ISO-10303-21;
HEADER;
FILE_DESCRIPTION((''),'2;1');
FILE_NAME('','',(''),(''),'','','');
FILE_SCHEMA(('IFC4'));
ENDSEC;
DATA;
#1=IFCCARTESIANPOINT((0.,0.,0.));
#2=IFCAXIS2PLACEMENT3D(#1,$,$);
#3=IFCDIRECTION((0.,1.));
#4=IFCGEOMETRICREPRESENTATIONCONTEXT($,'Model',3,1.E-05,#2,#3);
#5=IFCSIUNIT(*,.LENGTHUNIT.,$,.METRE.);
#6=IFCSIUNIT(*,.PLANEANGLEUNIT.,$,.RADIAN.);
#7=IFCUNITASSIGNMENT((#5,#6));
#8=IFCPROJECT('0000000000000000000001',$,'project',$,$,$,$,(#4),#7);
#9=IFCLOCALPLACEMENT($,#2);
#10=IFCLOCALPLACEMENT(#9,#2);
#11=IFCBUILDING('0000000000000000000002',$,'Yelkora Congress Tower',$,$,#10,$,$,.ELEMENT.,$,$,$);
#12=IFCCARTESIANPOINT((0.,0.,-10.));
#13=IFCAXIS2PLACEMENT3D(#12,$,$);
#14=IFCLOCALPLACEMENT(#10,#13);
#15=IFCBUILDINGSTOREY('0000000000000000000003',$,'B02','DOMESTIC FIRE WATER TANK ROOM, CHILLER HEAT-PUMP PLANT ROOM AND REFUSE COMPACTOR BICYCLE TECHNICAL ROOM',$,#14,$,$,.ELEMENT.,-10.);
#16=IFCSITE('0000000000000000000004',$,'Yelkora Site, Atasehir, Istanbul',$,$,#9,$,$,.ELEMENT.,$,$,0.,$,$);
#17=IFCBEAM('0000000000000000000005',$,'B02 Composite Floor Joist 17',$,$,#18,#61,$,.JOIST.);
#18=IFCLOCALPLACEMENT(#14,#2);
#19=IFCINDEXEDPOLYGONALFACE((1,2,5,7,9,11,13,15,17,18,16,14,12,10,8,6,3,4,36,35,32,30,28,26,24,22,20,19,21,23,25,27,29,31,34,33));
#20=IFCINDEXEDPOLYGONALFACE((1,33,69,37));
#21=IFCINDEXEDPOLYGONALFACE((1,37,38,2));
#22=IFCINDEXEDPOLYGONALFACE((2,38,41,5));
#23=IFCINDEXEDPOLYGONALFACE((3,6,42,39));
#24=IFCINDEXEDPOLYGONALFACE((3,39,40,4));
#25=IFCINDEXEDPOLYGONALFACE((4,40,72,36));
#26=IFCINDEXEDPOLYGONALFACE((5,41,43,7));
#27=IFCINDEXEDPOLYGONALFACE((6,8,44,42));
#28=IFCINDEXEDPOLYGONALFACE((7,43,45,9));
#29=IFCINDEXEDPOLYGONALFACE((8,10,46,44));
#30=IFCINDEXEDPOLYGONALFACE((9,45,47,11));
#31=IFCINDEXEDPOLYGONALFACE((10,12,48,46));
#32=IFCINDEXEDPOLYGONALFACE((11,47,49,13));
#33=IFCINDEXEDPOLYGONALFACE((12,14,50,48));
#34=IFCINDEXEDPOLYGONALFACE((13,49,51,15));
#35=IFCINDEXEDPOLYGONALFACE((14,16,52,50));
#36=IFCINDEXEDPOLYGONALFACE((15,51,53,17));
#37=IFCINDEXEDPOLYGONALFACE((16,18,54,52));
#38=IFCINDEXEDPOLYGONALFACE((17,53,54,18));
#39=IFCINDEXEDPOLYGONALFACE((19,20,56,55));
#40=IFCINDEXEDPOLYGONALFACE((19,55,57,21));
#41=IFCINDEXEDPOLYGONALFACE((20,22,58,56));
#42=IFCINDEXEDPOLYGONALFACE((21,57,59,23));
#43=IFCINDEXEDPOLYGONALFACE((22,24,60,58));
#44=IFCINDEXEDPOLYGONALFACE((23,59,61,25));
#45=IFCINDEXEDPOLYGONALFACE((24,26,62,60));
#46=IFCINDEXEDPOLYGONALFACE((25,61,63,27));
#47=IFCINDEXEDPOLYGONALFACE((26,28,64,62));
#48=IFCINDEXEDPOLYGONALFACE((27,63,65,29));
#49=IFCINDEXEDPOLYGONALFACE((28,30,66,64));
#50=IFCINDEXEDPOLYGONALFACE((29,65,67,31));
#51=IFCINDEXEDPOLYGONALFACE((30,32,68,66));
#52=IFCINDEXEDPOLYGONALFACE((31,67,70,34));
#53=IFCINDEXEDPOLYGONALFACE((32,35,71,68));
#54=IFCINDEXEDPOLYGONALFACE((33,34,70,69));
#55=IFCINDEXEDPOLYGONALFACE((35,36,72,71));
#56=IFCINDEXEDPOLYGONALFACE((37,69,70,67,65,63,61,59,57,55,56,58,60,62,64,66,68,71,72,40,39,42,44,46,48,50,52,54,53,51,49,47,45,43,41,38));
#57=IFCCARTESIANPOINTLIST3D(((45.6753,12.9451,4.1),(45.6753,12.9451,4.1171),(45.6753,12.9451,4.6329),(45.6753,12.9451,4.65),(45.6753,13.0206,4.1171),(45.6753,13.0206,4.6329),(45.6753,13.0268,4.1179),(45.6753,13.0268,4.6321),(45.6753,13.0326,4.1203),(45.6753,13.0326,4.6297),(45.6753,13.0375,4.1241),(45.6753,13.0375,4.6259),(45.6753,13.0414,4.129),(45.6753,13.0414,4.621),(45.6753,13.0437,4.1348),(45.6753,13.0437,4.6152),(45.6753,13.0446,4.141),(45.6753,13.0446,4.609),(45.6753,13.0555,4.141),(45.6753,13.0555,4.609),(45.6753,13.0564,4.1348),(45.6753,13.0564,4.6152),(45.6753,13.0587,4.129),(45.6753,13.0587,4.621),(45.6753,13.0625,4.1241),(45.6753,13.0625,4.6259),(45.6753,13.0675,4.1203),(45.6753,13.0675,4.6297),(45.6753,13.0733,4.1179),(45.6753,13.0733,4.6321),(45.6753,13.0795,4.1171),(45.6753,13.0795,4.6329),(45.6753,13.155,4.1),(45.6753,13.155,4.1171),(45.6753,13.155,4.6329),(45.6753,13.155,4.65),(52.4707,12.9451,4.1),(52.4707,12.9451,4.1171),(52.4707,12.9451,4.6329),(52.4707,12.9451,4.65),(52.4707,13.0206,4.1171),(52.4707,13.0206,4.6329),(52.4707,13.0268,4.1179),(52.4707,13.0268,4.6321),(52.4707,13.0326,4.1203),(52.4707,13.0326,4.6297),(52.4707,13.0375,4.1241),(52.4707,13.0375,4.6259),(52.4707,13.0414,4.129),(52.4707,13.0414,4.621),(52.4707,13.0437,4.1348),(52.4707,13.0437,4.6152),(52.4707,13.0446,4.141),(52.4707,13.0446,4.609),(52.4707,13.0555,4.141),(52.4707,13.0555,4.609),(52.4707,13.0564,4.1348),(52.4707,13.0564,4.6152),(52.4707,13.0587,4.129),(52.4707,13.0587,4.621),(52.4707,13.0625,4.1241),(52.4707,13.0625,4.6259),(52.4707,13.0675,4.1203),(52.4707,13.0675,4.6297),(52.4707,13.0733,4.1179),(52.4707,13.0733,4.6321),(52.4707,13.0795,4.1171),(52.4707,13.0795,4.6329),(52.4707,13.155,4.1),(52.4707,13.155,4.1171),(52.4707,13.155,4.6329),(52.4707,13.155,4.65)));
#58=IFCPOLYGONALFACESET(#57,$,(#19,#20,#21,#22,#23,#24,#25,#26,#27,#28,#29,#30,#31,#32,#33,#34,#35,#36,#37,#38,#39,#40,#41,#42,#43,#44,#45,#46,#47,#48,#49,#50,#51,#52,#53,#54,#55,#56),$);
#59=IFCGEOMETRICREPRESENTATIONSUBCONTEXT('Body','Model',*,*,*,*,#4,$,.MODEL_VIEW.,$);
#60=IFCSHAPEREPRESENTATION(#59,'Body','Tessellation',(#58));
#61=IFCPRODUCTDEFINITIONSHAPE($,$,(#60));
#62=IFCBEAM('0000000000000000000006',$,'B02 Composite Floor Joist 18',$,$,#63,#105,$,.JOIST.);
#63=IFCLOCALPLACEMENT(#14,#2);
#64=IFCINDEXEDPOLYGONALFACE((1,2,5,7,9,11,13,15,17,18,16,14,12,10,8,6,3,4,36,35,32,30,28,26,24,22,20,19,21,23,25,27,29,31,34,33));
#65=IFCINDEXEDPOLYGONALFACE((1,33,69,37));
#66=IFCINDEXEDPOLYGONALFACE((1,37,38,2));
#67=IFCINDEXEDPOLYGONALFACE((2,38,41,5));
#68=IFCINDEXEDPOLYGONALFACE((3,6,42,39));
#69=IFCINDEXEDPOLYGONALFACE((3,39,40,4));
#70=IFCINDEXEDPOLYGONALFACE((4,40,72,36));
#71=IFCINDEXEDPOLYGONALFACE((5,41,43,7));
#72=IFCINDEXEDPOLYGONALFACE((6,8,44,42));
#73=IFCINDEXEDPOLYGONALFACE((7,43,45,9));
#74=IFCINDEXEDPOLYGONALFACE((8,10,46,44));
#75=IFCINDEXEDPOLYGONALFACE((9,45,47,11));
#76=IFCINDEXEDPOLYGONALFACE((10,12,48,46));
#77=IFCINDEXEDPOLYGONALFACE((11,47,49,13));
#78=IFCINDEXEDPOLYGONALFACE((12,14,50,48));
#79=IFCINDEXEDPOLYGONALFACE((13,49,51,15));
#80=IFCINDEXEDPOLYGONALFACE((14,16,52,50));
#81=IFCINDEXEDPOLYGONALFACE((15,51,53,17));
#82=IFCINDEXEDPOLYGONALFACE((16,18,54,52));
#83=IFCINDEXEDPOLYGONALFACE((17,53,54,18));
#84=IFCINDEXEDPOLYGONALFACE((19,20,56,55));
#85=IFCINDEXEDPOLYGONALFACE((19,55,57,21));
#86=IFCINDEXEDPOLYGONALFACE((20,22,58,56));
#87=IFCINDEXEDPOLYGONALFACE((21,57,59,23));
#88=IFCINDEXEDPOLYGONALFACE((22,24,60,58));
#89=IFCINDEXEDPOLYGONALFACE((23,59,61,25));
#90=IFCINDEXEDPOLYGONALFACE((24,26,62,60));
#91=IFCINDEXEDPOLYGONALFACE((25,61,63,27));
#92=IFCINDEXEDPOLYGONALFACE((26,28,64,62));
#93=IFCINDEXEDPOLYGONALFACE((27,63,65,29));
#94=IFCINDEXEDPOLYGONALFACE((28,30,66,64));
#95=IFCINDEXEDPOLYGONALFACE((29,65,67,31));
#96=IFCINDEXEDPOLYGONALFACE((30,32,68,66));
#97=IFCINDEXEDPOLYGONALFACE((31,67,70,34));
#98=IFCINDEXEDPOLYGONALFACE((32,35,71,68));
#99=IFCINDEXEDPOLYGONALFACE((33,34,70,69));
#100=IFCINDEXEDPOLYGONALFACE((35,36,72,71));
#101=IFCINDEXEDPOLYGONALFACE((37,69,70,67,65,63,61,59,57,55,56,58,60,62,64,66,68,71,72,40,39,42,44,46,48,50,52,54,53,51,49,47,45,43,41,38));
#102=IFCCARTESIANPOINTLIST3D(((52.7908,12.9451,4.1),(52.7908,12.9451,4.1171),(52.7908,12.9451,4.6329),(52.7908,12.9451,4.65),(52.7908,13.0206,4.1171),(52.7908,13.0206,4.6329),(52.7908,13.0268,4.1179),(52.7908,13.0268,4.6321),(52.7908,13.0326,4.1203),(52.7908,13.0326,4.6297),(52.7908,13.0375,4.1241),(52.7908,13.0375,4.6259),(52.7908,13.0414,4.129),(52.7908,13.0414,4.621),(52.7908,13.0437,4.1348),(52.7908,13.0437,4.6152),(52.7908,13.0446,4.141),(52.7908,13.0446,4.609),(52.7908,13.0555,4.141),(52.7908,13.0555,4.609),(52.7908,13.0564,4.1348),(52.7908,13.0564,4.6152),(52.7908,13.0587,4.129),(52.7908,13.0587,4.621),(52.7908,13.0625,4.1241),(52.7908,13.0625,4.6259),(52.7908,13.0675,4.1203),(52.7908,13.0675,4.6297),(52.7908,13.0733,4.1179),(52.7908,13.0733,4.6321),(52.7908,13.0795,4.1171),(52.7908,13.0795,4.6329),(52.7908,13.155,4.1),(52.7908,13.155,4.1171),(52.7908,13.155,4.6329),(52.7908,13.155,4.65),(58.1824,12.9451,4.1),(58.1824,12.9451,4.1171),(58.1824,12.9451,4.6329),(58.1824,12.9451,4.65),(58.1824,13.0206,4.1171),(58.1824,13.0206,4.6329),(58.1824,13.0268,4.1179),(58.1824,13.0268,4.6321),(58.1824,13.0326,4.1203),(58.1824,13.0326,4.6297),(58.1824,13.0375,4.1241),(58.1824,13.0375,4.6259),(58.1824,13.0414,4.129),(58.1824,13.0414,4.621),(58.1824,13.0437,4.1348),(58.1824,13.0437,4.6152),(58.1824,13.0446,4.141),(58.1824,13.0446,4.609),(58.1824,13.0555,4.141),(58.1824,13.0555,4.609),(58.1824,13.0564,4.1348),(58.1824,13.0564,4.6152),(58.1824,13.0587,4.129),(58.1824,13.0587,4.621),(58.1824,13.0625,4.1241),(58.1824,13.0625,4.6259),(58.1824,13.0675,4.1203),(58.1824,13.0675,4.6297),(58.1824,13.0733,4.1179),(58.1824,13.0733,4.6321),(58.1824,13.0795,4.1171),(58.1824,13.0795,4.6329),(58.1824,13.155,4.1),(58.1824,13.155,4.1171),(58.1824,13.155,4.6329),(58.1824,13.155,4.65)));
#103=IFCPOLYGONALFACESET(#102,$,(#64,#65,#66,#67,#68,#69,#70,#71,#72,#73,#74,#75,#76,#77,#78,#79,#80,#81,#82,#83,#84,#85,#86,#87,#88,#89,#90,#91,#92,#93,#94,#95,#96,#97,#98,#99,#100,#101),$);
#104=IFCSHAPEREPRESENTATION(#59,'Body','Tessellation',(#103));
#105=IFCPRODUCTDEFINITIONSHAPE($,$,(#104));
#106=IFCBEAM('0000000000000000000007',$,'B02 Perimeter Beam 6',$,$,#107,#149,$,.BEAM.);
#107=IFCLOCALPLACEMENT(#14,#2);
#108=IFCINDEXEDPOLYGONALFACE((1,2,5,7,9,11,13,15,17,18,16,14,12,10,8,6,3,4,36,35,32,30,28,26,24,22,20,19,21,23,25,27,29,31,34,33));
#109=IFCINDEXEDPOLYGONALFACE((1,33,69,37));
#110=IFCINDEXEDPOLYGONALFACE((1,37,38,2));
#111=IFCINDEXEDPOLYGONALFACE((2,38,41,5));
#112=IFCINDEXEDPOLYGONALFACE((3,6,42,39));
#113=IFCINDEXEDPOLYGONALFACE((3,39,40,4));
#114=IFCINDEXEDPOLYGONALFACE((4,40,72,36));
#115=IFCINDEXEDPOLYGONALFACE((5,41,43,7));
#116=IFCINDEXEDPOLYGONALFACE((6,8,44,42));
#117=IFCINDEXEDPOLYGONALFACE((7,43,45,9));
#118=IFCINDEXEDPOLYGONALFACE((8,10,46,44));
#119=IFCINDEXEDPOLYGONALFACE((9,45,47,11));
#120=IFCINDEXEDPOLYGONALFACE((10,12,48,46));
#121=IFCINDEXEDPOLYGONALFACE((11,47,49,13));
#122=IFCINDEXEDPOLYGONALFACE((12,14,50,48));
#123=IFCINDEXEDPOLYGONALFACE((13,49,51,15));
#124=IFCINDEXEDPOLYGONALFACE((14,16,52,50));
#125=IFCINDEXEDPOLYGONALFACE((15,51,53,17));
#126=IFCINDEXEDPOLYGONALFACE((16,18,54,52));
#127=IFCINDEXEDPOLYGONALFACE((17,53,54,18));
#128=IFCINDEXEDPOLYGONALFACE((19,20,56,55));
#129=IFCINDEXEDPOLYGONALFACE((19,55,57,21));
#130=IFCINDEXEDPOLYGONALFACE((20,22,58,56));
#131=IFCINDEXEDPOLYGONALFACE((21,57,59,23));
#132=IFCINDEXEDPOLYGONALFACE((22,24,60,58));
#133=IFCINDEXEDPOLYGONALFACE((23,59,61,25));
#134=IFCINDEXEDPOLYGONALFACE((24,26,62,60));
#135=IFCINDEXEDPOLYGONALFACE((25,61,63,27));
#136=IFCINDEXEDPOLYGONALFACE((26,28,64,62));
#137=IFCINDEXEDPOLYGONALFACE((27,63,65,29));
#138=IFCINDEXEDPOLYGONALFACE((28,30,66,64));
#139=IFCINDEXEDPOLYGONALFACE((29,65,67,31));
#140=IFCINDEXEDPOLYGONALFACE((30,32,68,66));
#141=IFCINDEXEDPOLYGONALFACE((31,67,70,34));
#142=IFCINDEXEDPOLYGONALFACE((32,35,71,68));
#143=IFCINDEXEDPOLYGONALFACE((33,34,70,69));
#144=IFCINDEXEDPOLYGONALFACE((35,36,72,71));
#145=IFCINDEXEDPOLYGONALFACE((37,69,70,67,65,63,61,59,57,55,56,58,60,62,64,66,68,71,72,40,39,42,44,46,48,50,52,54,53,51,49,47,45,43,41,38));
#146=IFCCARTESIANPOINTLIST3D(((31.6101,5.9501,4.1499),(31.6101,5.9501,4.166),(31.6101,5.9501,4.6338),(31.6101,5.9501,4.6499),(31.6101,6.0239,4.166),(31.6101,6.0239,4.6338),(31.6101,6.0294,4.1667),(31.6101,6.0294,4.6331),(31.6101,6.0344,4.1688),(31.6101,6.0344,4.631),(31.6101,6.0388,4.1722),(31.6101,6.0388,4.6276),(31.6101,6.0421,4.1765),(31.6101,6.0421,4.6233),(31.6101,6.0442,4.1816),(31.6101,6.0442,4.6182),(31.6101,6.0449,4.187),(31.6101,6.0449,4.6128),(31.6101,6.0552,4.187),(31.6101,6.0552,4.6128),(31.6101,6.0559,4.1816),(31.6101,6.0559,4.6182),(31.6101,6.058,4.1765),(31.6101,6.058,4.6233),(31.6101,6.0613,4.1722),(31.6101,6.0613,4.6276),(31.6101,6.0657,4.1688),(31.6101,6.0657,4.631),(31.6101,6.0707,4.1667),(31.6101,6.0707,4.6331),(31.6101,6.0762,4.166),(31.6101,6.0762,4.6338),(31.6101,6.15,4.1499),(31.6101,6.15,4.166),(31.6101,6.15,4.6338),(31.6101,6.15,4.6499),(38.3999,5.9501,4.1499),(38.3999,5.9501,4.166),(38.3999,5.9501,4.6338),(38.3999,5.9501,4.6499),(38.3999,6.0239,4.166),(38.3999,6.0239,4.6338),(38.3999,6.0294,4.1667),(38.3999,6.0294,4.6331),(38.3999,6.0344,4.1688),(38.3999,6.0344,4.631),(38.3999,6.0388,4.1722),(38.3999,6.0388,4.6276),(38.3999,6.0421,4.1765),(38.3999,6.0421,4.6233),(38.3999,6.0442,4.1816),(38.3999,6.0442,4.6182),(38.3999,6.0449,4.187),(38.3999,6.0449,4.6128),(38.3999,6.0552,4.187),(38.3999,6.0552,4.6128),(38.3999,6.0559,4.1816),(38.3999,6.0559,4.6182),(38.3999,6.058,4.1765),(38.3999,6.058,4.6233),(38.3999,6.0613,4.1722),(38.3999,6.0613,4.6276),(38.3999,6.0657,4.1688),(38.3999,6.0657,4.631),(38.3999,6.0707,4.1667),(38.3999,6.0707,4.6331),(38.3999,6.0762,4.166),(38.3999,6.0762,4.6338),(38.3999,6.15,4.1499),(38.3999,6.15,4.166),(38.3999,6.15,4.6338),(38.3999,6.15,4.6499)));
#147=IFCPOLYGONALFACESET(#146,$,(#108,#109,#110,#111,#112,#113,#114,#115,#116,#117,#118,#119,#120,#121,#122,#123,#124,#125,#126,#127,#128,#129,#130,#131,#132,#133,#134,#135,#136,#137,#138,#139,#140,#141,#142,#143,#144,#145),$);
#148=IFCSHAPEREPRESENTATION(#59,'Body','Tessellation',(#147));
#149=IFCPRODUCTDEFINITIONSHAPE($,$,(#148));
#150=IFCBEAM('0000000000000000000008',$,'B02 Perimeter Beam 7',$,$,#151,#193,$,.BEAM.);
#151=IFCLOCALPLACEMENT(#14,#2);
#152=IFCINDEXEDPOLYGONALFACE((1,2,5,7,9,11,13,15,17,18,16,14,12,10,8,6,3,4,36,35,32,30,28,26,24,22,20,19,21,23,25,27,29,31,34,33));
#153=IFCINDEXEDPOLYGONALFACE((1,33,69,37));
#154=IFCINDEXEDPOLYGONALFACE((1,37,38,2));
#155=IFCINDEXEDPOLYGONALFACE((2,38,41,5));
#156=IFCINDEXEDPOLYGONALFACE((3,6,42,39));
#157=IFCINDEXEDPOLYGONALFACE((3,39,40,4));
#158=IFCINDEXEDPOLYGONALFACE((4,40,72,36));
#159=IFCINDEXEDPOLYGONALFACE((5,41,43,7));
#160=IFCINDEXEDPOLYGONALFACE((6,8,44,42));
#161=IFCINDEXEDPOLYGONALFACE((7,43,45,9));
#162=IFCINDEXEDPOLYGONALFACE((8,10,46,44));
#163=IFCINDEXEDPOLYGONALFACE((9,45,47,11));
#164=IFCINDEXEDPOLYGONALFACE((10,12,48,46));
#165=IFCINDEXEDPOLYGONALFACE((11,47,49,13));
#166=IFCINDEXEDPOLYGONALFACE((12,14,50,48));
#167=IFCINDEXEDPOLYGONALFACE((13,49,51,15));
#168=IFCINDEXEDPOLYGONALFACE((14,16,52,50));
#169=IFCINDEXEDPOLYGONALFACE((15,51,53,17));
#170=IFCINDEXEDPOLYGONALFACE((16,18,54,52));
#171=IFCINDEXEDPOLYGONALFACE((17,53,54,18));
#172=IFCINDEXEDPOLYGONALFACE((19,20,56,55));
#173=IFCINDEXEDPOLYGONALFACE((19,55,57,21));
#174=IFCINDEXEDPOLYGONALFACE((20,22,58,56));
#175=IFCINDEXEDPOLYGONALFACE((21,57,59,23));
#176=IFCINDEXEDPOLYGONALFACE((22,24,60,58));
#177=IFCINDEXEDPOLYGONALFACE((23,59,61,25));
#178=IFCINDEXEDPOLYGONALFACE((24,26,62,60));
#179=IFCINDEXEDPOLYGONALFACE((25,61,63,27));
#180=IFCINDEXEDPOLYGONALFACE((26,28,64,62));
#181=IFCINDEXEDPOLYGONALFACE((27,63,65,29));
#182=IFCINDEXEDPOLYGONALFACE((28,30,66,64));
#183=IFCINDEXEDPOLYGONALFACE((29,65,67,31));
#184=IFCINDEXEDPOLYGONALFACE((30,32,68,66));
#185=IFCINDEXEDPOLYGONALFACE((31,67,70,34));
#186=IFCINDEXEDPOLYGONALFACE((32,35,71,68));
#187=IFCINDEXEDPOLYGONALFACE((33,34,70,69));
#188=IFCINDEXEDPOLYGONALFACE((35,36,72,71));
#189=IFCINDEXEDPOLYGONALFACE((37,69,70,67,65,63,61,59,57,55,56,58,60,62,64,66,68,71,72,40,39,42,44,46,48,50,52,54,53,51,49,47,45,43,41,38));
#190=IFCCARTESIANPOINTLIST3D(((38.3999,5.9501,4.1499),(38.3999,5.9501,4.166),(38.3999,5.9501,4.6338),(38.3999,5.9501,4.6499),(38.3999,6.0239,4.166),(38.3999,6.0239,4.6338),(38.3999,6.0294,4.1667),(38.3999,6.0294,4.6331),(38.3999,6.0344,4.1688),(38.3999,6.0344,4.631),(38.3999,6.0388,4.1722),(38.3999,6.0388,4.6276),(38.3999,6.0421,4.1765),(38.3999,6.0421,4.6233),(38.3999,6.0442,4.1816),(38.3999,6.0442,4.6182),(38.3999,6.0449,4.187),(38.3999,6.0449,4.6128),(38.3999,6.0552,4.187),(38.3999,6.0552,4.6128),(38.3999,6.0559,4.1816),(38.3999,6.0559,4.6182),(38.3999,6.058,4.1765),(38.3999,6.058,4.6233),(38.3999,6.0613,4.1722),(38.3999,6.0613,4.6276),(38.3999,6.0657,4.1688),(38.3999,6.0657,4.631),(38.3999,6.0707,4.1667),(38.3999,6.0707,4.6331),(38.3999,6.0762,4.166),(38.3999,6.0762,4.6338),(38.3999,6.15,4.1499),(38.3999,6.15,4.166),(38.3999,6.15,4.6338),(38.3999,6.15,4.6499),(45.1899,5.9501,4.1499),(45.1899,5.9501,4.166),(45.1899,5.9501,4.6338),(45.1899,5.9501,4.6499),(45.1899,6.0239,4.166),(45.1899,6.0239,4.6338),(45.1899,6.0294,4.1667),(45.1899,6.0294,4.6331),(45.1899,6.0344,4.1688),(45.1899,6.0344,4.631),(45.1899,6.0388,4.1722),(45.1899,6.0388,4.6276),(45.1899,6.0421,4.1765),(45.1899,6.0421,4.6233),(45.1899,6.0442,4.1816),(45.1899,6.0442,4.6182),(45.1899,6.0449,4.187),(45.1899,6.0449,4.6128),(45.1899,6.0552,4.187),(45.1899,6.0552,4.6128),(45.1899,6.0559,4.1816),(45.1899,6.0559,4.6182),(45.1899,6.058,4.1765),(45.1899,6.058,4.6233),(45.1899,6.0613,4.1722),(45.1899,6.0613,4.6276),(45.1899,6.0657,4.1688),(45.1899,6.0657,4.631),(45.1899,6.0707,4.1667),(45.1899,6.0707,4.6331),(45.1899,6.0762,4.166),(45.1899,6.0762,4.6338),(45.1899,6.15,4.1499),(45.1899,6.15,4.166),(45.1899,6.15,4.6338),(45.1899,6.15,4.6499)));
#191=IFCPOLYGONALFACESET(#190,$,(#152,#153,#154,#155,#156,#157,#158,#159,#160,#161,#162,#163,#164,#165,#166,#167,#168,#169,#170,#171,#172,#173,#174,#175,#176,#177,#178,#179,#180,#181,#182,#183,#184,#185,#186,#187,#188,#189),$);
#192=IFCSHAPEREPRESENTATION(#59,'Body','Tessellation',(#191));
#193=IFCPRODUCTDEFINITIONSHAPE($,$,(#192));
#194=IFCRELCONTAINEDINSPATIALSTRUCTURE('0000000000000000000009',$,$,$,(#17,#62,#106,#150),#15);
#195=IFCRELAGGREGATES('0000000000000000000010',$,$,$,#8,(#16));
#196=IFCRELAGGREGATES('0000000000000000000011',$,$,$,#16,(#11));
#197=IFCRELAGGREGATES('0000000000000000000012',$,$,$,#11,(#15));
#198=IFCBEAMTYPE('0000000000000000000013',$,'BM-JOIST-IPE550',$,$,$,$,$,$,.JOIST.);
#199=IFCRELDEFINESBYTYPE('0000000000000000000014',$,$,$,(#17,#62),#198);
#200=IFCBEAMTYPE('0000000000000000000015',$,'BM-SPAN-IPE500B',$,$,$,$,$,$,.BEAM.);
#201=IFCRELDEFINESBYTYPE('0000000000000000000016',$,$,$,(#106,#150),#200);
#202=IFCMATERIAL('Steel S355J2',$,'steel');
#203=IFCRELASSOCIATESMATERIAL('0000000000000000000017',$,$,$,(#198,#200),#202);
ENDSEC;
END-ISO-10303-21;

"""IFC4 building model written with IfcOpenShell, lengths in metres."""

from ifc_helpers import new_model, si_unit, direction, frame, origin, origin_2d, place, context, subcontext, project, spatial, i_section, extrude, material, material_profile, profile_set, type_object, element, save


model = new_model("IFC4")

# Units and contexts
model_context = context("Model", 3, precision=1e-05, world=origin(), true_north=direction((0.0, 1.0)))
body_context = subcontext(model_context, "Body", "Model", "MODEL_VIEW")
ifc_project = project(units=[si_unit("LENGTHUNIT", "METRE"), si_unit("PLANEANGLEUNIT", "RADIAN")], contexts=[model_context])

# Site, building, storey
site_placement = place(None, origin())
site = spatial("IfcSite", under=ifc_project, at=site_placement, Name="Yelkora Site, Atasehir, Istanbul", CompositionType="ELEMENT", RefElevation=0.0)
building_placement = place(site_placement, origin())
building = spatial("IfcBuilding", under=site, at=building_placement, Name="Yelkora Congress Tower", CompositionType="ELEMENT")
storey_placement = place(building_placement, frame((0.0, 0.0, -10.0)))
storey = spatial("IfcBuildingStorey", under=building, at=storey_placement, Name="B02", Description="DOMESTIC FIRE WATER TANK ROOM, CHILLER HEAT-PUMP PLANT ROOM AND REFUSE COMPACTOR BICYCLE TECHNICAL ROOM", CompositionType="ELEMENT", Elevation=-10.0)

# Beams
ifc_material_1 = material(Name="Steel S355J2", Category="steel")
ifc_material_profile_1 = material_profile(ifc_material_1, i_section(OverallWidth=0.21, OverallDepth=0.55, WebThickness=0.011, FlangeThickness=0.0171, FilletRadius=0.0239, at=origin_2d()), Name="IPE 550")
ifc_profile_set_1 = profile_set([ifc_material_profile_1], Name="Steel S355J2")
beam_type_1 = type_object("IfcBeamType", Name="BM-JOIST-IPE550", PredefinedType="JOIST", material=ifc_profile_set_1)
beam_1_placement = place(storey_placement, frame((45.6753, 13.05, 4.375), z_axis=(1.0, 0.0, 0.0), x_axis=(0.0, 1.0, 0.0)))
element("IfcBeam", 1, at=beam_1_placement, inside=storey, type_object=beam_type_1, Name="B02 Composite Floor Joist 17", PredefinedType="JOIST", context=body_context, shape_type="SweptSolid", body=[
    extrude(i_section(OverallWidth=0.21, OverallDepth=0.55, WebThickness=0.011, FlangeThickness=0.0171, FilletRadius=0.0239, at=origin_2d()), origin(), (0.0, 0.0, 1.0), 6.7954),
])
beam_2_placement = place(storey_placement, frame((52.7908, 13.05, 4.375), z_axis=(1.0, 0.0, 0.0), x_axis=(0.0, 1.0, 0.0)))
element("IfcBeam", 2, at=beam_2_placement, inside=storey, type_object=beam_type_1, Name="B02 Composite Floor Joist 18", PredefinedType="JOIST", context=body_context, shape_type="SweptSolid", body=[
    extrude(i_section(OverallWidth=0.21, OverallDepth=0.55, WebThickness=0.011, FlangeThickness=0.0171, FilletRadius=0.0239, at=origin_2d()), origin(), (0.0, 0.0, 1.0), 5.3916),
])
ifc_material_profile_2 = material_profile(ifc_material_1, i_section(OverallWidth=0.2, OverallDepth=0.5, WebThickness=0.0103, FlangeThickness=0.0161, FilletRadius=0.021, at=origin_2d()), Name="IPE 500")
ifc_profile_set_2 = profile_set([ifc_material_profile_2], Name="Steel S355J2")
beam_type_2 = type_object("IfcBeamType", Name="BM-SPAN-IPE500B", PredefinedType="BEAM", material=ifc_profile_set_2)
beam_3_placement = place(storey_placement, frame((31.6101, 6.05, 4.3999), z_axis=(1.0, 0.0, 0.0), x_axis=(0.0, 1.0, 0.0)))
element("IfcBeam", 3, at=beam_3_placement, inside=storey, type_object=beam_type_2, Name="B02 Perimeter Beam 6", PredefinedType="BEAM", context=body_context, shape_type="SweptSolid", body=[
    extrude(i_section(OverallWidth=0.2, OverallDepth=0.5, WebThickness=0.0103, FlangeThickness=0.0161, FilletRadius=0.021, at=origin_2d()), origin(), (0.0, 0.0, 1.0), 6.7898),
])
for number, where, z_axis, x_axis, name in (
    (4, (38.3999, 6.05, 4.3999), (1.0, 0.0, 0.0), (0.0, 1.0, 0.0), "B02 Perimeter Beam 7"),
):
    element("IfcBeam", number, at=place(storey_placement, frame(where, z_axis=z_axis, x_axis=x_axis)), inside=storey, type_object=beam_type_2, Name=name, PredefinedType="BEAM", context=body_context, shape_type="SweptSolid", body=[
        extrude(i_section(OverallWidth=0.2, OverallDepth=0.5, WebThickness=0.0103, FlangeThickness=0.0161, FilletRadius=0.021, at=origin_2d()), origin(), (0.0, 0.0, 1.0), 6.79),
    ])

save(model, "model.ifc")
